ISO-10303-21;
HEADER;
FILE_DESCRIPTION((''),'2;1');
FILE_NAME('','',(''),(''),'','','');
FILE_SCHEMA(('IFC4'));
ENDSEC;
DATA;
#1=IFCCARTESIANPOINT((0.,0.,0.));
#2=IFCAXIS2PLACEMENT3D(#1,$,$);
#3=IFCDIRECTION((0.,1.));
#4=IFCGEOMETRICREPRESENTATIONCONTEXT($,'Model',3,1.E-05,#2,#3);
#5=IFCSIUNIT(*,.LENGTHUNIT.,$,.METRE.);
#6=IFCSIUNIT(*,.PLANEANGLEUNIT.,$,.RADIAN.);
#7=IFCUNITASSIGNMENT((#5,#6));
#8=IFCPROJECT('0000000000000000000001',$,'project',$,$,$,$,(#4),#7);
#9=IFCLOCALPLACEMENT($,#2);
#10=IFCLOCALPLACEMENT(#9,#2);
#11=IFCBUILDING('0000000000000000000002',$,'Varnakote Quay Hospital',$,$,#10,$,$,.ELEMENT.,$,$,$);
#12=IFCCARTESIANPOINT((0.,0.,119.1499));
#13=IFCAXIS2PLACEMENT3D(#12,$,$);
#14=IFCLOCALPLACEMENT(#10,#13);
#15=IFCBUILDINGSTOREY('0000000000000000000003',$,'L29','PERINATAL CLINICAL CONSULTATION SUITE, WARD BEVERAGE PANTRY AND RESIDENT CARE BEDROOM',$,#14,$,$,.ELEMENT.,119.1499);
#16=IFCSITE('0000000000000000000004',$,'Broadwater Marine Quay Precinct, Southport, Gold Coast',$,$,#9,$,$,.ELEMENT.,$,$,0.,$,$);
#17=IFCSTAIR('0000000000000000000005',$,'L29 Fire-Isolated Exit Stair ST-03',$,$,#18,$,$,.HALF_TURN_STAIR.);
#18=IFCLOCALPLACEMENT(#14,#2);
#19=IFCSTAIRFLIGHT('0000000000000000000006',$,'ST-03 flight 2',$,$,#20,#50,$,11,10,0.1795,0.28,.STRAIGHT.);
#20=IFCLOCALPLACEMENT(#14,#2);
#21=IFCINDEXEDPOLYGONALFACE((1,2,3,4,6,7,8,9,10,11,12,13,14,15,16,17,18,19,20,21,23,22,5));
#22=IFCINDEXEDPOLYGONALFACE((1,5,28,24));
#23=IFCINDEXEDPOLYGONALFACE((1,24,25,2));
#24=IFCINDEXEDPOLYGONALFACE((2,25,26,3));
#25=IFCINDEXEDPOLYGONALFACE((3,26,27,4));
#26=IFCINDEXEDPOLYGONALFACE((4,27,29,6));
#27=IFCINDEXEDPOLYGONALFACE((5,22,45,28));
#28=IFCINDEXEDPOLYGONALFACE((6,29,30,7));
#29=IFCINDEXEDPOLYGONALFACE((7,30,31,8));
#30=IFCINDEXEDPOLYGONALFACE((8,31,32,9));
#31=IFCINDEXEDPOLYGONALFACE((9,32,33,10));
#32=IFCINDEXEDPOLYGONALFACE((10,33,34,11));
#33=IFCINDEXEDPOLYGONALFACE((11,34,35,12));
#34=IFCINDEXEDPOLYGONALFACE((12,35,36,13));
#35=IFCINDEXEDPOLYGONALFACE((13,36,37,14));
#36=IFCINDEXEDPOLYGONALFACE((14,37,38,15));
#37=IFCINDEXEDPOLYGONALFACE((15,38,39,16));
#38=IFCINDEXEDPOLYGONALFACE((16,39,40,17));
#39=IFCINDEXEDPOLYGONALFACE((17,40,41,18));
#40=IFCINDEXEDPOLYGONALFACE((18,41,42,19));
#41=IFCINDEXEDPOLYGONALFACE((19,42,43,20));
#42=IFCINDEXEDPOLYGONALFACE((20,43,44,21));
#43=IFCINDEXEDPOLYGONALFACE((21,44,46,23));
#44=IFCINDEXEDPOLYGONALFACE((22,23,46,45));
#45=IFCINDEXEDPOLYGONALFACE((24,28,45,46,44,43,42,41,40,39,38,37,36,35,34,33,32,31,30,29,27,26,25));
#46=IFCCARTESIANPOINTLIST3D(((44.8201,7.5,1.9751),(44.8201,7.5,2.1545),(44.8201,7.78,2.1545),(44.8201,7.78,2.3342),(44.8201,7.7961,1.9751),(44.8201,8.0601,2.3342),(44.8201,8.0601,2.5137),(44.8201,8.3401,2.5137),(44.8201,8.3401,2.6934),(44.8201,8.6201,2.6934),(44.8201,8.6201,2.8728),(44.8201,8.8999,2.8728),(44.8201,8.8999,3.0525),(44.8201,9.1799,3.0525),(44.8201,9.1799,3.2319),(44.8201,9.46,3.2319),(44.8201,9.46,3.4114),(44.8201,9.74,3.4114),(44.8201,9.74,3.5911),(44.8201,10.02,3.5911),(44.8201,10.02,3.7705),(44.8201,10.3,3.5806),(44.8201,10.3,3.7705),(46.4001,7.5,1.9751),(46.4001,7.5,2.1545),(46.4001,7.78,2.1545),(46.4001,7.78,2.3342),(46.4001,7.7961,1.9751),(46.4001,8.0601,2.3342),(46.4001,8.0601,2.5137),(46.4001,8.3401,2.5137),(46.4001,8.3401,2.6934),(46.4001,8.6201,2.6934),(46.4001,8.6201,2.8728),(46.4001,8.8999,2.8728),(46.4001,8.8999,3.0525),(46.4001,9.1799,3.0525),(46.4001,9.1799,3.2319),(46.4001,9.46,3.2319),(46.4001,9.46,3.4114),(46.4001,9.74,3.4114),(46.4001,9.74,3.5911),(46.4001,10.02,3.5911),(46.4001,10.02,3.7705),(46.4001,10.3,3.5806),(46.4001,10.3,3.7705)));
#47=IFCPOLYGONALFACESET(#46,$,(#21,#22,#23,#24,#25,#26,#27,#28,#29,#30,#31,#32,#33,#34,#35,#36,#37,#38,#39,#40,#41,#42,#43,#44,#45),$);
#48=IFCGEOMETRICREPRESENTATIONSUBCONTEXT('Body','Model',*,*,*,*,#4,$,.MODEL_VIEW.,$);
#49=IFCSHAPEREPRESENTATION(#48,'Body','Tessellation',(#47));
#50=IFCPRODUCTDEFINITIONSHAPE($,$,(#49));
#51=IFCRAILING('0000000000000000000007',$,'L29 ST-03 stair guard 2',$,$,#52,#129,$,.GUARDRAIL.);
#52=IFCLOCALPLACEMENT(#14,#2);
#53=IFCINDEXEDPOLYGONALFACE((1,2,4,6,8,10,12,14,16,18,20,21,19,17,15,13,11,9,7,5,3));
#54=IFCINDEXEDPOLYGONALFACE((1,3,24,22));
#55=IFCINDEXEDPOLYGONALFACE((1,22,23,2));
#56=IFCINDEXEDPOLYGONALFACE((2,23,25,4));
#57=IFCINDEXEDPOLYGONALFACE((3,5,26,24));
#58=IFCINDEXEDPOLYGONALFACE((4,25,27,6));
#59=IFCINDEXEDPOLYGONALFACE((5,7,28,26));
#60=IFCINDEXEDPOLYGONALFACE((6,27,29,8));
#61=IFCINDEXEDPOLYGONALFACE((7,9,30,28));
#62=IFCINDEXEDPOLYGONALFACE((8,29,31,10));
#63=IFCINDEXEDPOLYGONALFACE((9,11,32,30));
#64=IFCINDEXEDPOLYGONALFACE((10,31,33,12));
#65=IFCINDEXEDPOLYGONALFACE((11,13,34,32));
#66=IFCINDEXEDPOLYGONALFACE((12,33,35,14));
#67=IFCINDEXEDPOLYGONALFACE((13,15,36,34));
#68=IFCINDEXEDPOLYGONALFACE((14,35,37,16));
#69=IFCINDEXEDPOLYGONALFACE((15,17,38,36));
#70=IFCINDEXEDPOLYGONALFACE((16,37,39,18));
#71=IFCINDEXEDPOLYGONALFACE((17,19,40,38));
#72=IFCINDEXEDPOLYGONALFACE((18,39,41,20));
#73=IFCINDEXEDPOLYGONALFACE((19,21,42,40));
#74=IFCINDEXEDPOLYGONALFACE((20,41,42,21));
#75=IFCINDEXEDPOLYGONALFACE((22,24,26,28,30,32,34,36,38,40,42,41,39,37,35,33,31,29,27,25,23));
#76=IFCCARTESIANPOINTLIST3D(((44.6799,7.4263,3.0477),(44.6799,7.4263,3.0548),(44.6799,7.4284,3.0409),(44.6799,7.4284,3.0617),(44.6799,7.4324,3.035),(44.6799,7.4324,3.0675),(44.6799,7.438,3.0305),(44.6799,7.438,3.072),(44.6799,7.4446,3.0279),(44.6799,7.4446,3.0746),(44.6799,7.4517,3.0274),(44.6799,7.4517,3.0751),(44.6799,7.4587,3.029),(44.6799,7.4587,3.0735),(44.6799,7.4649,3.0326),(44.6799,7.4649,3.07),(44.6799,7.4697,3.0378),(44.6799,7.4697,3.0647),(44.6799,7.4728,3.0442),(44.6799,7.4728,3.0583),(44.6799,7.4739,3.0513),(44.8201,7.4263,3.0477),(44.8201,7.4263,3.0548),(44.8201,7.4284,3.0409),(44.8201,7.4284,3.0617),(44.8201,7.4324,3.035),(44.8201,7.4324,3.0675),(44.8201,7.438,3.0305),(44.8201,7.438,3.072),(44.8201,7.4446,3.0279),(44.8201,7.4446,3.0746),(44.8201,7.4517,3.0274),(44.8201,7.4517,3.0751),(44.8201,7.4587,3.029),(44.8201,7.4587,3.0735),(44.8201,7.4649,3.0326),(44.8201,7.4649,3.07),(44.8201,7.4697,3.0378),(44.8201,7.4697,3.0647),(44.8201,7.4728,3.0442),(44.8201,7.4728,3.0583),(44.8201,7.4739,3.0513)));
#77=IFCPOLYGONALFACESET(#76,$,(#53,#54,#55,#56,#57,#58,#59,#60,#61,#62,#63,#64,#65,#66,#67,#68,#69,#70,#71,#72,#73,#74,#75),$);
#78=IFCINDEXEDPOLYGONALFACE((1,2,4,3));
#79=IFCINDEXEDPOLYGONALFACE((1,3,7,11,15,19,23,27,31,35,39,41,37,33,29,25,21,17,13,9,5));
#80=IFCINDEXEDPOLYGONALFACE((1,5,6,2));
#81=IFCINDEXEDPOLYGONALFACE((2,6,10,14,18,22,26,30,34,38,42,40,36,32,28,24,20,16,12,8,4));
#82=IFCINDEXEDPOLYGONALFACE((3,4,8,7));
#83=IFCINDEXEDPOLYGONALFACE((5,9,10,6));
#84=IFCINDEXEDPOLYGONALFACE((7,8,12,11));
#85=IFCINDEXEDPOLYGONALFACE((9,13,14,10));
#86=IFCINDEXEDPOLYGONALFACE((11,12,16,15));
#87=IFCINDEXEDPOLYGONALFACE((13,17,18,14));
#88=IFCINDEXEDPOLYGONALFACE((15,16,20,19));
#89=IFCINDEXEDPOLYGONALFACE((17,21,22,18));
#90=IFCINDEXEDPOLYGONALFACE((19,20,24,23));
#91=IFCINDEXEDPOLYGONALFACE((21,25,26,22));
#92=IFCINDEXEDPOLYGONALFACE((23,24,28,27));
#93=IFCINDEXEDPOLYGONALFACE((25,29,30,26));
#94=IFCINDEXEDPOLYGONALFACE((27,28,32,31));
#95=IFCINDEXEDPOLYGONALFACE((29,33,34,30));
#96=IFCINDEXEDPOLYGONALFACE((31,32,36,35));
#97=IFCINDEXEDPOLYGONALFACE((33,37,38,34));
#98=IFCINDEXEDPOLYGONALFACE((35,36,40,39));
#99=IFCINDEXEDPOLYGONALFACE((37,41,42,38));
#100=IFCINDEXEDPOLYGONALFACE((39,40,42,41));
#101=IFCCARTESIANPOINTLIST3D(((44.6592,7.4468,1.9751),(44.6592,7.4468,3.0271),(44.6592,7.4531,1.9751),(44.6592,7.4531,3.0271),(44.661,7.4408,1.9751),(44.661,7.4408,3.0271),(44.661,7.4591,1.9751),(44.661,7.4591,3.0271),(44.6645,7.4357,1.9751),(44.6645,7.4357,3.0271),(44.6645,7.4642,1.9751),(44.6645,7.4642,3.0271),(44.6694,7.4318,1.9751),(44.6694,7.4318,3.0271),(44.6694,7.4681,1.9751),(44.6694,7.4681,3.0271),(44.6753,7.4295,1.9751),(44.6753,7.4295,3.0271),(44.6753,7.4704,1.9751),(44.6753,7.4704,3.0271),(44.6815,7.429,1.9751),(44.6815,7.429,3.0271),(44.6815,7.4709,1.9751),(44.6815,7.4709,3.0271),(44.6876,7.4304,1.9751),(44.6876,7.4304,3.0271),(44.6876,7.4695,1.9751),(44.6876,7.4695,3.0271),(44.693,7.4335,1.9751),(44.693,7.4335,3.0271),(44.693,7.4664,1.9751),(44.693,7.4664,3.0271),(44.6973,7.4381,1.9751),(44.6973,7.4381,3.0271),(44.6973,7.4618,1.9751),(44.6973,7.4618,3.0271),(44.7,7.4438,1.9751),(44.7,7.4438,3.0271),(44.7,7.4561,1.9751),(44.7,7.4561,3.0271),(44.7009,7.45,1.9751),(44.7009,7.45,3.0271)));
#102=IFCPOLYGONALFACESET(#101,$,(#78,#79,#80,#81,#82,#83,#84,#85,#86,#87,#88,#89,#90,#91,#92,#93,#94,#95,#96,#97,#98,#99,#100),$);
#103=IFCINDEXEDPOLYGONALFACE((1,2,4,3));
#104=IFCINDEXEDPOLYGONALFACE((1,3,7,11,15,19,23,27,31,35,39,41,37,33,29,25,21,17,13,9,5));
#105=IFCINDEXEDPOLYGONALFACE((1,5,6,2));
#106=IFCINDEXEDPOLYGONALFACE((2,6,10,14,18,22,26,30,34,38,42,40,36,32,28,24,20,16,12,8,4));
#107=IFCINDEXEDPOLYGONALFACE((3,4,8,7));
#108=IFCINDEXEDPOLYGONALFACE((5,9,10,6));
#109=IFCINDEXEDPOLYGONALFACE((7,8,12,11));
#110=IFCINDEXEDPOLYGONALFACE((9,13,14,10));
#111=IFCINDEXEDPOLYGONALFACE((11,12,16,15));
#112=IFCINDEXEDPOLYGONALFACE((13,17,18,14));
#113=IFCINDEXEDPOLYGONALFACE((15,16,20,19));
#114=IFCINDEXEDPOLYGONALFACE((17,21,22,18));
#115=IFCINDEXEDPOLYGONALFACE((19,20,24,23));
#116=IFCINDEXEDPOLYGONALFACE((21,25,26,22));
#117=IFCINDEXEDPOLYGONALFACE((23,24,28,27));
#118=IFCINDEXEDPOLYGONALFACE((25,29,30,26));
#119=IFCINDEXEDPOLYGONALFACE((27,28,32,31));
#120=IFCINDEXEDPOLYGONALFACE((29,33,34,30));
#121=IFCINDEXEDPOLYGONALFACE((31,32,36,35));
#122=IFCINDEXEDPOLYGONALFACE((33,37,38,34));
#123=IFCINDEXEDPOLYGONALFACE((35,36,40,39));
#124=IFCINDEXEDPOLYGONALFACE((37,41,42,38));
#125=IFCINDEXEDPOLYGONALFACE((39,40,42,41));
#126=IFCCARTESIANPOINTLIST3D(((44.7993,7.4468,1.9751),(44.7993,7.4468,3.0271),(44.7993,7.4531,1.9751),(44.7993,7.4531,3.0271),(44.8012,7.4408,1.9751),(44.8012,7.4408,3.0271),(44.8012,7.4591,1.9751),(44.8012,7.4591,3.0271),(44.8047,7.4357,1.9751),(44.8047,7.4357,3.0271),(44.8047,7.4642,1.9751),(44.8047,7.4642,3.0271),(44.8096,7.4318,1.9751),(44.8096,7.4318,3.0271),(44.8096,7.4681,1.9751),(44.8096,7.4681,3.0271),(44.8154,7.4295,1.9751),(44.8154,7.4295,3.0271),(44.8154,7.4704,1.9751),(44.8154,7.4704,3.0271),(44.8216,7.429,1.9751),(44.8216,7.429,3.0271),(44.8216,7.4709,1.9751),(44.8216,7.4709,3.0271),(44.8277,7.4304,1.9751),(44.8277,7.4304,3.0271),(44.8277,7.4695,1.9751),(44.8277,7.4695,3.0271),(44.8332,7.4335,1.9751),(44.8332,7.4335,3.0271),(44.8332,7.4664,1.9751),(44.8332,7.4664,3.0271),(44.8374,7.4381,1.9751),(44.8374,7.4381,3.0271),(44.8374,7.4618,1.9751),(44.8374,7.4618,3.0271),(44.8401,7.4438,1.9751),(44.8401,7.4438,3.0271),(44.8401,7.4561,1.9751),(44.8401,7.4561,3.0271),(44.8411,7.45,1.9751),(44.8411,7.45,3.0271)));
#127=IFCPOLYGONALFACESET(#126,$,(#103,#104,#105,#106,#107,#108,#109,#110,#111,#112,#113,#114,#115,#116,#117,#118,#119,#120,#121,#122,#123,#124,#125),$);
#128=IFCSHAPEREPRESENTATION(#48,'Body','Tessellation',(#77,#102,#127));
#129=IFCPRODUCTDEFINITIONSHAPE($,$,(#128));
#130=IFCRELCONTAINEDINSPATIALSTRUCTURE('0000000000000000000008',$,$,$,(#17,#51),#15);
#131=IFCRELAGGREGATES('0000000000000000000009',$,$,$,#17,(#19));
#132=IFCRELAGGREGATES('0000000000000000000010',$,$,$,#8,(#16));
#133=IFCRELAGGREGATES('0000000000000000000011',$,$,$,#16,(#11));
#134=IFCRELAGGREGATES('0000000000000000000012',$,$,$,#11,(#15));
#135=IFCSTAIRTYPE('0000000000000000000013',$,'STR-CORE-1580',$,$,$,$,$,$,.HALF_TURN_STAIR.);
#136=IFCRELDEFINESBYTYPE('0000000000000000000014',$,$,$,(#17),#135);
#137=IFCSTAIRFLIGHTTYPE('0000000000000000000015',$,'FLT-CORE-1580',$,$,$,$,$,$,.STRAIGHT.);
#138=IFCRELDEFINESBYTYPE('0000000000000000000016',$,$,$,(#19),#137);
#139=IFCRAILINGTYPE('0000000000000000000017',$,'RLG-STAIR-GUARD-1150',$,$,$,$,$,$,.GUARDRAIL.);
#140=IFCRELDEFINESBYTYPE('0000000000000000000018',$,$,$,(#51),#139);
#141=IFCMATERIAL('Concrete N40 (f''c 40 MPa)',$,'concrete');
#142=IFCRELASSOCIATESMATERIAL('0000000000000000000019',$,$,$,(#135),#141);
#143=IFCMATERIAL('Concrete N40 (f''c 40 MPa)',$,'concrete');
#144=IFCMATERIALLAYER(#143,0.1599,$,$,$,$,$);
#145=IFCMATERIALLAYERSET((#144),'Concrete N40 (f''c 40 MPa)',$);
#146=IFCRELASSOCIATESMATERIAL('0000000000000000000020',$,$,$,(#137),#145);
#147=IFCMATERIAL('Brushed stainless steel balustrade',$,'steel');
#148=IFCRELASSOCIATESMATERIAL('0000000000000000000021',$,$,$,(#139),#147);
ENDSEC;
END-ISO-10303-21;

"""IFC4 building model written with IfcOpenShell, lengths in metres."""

from ifc_helpers import new_model, si_unit, direction, frame, origin, origin_2d, place, context, subcontext, project, spatial, polyline, circle, outline, extrude, material, layer, layer_set, type_object, element, aggregate, save


model = new_model("IFC4")

# Units and contexts
model_context = context("Model", 3, precision=1e-05, world=origin(), true_north=direction((0.0, 1.0)))
body_context = subcontext(model_context, "Body", "Model", "MODEL_VIEW")
ifc_project = project(units=[si_unit("LENGTHUNIT", "METRE"), si_unit("PLANEANGLEUNIT", "RADIAN")], contexts=[model_context])

# Site, building, storey
site_placement = place(None, origin())
site = spatial("IfcSite", under=ifc_project, at=site_placement, Name="Broadwater Marine Quay Precinct, Southport, Gold Coast", CompositionType="ELEMENT", RefElevation=0.0)
building_placement = place(site_placement, origin())
building = spatial("IfcBuilding", under=site, at=building_placement, Name="Varnakote Quay Hospital", CompositionType="ELEMENT")
storey_placement = place(building_placement, frame((0.0, 0.0, 119.1499)))
storey = spatial("IfcBuildingStorey", under=building, at=storey_placement, Name="L29", Description="PERINATAL CLINICAL CONSULTATION SUITE, WARD BEVERAGE PANTRY AND RESIDENT CARE BEDROOM", CompositionType="ELEMENT", Elevation=119.1499)

# Stair, stair flight
ifc_material_1 = material(Name="Concrete N40 (f'c 40 MPa)", Category="concrete")
stair_type = type_object("IfcStairType", Name="STR-CORE-1580", PredefinedType="HALF_TURN_STAIR", material=ifc_material_1)
stair_placement = place(storey_placement, origin())
stair = element("IfcStair", 1, at=stair_placement, inside=storey, type_object=stair_type, Name="L29 Fire-Isolated Exit Stair ST-03", PredefinedType="HALF_TURN_STAIR")
ifc_material_2 = material(Name="Concrete N40 (f'c 40 MPa)", Category="concrete")
ifc_layer_1 = layer(ifc_material_2, 0.1599)
ifc_layer_set_1 = layer_set([ifc_layer_1], Name="Concrete N40 (f'c 40 MPa)")
stair_flight_type = type_object("IfcStairFlightType", Name="FLT-CORE-1580", PredefinedType="STRAIGHT", material=ifc_layer_set_1)
stair_flight_placement = place(storey_placement, frame((45.6101, 7.5, 1.9751), z_axis=(0.0, 0.0, 1.0), x_axis=(0.0, 1.0, 0.0)))
stair_flight = element("IfcStairFlight", 2, at=stair_flight_placement, type_object=stair_flight_type, Name="ST-03 flight 2", NumberOfRisers=11, NumberOfTreads=10, PredefinedType="STRAIGHT", RiserHeight=0.1795, TreadLength=0.28, context=body_context, shape_type="SweptSolid", body=[
    extrude(outline(polyline([(0.0, 0.0), (0.0, 0.1794), (0.28, 0.1794), (0.28, 0.3591), (0.5601, 0.3591), (0.5601, 0.5386), (0.8401, 0.5386), (0.8401, 0.7183), (1.1201, 0.7183), (1.1201, 0.8977), (1.3999, 0.8977), (1.3999, 1.0774), (1.6799, 1.0774), (1.6799, 1.2568), (1.96, 1.2568), (1.96, 1.4363), (2.24, 1.4363), (2.24, 1.616), (2.52, 1.616), (2.52, 1.7954), (2.8, 1.7954), (2.8, 1.9751), (2.8, 1.6055), (0.2961, 0.0), (0.0, 0.0)])), frame((0.0, 0.79, 0.0), z_axis=(0.0, -1.0, 0.0), x_axis=(1.0, 0.0, 0.0)), (0.0, 0.0, 1.0), 1.5801),
])
aggregate(stair, [stair_flight])

# Railing
ifc_material_3 = material(Name="Brushed stainless steel balustrade", Category="steel")
railing_type_1 = type_object("IfcRailingType", Name="RLG-STAIR-GUARD-1150", PredefinedType="GUARDRAIL", material=ifc_material_3)
railing_1_placement = place(storey_placement, frame((44.6799, 7.45, 1.9751)))
element("IfcRailing", 3, at=railing_1_placement, inside=storey, type_object=railing_type_1, Name="L29 ST-03 stair guard 2", PredefinedType="GUARDRAIL", context=body_context, shape_type="SweptSolid", body=[
    extrude(circle(Radius=0.0239, at=origin_2d()), frame((0.0, 0.0, 1.0762), z_axis=(1.0, 0.0, 0.0), x_axis=(0.0, 1.0, 0.0)), (0.0, 0.0, 1.0), 0.1401),
    extrude(circle(Radius=0.021, at=origin_2d()), origin(), (0.0, 0.0, 1.0), 1.052),
    extrude(circle(Radius=0.021, at=origin_2d()), frame((0.1401, 0.0, 0.0)), (0.0, 0.0, 1.0), 1.052),
])

save(model, "model.ifc")
